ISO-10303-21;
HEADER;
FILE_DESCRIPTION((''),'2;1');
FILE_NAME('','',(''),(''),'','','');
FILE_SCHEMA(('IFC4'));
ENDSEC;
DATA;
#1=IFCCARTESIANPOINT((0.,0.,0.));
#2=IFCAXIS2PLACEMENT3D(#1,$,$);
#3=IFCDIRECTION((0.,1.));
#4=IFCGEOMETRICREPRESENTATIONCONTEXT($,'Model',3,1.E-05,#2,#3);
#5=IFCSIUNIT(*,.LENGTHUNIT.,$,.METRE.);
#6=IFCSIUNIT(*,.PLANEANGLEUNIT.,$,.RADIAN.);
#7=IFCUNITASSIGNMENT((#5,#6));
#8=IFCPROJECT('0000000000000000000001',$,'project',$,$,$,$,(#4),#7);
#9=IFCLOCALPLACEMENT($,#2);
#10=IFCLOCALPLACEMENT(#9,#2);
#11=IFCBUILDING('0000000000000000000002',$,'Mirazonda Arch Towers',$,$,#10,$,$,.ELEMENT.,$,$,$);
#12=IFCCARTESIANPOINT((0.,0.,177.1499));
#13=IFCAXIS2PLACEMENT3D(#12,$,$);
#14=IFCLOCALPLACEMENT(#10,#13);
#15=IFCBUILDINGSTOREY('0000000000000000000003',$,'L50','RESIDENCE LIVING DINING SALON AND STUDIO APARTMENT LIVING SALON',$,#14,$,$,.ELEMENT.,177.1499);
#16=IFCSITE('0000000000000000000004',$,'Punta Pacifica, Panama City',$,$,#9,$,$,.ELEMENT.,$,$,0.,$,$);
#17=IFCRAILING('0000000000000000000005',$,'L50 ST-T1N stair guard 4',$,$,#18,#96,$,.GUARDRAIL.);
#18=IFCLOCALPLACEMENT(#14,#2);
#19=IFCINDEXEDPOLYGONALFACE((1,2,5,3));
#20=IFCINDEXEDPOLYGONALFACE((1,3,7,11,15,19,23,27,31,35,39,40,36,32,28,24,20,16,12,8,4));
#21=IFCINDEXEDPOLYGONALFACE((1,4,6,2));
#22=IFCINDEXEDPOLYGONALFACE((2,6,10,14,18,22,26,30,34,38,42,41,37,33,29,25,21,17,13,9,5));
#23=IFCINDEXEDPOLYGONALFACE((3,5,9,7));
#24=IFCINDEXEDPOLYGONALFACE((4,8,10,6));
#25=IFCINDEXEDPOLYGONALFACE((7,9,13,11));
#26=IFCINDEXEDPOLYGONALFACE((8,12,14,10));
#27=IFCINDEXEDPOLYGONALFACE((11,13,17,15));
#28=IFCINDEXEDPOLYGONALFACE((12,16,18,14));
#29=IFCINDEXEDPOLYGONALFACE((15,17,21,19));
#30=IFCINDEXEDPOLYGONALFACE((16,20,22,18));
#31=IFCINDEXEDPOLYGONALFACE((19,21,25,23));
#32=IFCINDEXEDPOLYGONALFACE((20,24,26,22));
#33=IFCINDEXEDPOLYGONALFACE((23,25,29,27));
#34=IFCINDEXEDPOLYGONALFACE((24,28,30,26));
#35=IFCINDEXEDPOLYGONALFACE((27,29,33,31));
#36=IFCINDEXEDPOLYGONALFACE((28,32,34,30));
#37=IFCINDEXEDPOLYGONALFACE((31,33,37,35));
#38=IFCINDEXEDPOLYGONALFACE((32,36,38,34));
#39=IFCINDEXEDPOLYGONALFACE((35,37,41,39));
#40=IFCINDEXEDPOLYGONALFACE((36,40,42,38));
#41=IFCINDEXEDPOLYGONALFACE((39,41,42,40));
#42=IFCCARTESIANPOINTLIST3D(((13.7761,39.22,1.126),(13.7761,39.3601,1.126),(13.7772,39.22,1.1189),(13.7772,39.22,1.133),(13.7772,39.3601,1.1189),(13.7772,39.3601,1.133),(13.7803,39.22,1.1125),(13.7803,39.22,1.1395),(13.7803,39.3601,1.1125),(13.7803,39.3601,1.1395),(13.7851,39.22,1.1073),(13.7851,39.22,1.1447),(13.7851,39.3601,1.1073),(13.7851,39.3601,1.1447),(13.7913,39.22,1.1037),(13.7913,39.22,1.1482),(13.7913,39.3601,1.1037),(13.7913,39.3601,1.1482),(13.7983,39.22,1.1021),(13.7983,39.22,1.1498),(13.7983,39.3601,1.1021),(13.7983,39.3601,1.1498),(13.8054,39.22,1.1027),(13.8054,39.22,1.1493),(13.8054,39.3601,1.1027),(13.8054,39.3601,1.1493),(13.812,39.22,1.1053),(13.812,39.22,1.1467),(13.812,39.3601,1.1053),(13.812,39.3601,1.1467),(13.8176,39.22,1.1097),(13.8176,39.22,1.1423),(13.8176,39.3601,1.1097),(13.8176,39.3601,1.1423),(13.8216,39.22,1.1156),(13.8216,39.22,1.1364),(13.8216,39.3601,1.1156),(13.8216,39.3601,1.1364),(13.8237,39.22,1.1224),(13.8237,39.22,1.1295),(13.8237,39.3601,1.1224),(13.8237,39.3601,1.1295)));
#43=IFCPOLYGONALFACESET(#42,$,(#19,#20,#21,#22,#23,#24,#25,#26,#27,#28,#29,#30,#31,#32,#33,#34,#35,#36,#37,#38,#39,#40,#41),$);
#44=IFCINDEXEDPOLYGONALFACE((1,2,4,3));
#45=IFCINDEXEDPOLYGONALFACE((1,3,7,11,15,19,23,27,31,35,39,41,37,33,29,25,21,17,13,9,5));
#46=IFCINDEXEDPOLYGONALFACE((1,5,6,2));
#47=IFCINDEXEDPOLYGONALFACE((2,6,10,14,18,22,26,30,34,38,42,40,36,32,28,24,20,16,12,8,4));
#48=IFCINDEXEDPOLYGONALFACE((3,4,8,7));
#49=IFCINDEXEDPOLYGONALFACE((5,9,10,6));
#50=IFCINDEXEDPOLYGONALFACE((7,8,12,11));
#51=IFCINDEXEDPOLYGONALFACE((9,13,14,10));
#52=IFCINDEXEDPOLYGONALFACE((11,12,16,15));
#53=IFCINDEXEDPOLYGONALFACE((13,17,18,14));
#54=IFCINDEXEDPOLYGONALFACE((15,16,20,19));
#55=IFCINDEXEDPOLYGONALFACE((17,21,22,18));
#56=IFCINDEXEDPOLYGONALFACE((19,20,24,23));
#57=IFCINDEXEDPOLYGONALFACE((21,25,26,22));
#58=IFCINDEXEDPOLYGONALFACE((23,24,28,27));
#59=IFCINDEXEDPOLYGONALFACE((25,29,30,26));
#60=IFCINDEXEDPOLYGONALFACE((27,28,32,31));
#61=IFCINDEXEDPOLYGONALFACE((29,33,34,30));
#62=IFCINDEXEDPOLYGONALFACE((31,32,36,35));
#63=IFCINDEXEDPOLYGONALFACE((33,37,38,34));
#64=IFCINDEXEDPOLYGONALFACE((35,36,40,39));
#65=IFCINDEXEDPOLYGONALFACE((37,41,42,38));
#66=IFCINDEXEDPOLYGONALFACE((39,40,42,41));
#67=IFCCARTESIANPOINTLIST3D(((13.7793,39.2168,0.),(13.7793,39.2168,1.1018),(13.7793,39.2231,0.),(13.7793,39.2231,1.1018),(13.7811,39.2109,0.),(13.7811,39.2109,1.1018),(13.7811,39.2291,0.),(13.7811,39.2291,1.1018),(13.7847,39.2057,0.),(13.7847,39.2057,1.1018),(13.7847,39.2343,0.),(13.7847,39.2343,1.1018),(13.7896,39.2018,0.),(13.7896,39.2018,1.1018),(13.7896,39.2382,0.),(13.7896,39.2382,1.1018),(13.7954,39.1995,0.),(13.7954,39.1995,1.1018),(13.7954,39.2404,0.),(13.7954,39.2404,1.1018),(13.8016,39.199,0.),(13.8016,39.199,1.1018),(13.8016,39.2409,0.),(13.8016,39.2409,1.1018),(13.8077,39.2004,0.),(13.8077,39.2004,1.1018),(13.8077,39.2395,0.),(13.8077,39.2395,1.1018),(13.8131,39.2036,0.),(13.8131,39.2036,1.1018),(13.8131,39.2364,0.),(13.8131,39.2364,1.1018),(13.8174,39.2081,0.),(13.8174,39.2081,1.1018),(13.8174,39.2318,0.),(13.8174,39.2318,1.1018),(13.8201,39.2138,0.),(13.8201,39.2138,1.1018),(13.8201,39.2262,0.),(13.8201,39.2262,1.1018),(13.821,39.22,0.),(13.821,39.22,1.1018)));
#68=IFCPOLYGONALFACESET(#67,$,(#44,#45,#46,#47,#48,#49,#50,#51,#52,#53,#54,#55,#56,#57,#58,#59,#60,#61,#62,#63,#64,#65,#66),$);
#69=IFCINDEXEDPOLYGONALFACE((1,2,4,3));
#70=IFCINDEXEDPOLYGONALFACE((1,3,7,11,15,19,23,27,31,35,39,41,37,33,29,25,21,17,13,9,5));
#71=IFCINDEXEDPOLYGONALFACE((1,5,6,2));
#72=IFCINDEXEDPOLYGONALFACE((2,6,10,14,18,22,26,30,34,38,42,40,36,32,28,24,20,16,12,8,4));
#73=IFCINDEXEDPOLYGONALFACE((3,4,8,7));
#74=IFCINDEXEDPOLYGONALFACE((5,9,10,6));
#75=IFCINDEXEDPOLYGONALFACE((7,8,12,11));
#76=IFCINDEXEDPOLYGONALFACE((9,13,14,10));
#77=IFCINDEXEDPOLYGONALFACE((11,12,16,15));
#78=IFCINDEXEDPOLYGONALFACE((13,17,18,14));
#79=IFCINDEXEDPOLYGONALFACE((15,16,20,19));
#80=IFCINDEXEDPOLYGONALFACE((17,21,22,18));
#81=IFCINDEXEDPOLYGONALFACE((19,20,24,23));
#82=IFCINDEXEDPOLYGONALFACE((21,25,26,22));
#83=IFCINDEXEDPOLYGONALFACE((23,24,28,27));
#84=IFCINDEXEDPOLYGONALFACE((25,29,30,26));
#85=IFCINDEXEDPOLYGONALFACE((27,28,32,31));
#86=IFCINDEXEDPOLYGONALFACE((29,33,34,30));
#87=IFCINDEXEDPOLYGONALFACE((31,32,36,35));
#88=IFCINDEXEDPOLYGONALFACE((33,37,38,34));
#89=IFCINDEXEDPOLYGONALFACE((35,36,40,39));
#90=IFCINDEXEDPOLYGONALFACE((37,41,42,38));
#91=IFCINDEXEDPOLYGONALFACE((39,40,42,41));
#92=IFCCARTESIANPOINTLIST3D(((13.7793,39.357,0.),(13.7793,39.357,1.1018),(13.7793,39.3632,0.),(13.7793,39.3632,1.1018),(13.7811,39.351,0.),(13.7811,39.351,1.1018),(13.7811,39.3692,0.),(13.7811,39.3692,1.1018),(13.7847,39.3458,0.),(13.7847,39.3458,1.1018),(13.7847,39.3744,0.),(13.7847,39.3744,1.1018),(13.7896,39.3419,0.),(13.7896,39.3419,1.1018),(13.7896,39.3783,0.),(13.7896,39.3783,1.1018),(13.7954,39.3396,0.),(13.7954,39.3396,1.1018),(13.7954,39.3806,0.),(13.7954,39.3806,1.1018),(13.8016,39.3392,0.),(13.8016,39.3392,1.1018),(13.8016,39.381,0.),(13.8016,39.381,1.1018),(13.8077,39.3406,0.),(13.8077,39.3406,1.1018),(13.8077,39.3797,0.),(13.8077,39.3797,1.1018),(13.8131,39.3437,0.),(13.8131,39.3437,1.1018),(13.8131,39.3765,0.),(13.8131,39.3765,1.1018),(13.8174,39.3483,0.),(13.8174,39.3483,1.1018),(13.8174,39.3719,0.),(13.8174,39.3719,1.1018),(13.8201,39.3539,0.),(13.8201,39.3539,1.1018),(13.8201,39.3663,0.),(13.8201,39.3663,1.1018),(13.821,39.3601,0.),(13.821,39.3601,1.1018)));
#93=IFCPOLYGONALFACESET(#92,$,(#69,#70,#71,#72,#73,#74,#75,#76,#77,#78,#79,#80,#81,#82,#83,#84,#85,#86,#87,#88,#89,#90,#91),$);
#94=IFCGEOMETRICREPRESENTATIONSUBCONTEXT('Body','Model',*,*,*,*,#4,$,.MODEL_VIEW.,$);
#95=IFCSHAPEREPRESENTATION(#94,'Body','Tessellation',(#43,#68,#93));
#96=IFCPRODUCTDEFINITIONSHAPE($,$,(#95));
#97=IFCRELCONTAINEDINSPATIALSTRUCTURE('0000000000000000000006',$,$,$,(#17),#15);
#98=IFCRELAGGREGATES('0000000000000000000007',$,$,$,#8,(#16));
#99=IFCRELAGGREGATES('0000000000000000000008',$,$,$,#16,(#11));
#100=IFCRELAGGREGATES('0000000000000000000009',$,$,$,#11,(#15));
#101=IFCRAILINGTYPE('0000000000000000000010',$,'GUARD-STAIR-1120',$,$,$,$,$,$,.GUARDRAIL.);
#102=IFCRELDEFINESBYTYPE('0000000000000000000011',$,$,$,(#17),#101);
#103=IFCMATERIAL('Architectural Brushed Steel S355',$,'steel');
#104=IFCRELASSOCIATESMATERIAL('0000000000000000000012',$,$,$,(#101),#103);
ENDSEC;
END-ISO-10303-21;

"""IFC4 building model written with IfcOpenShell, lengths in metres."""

from ifc_helpers import new_model, si_unit, direction, frame, origin, origin_2d, place, context, subcontext, project, spatial, circle, extrude, material, type_object, element, save


model = new_model("IFC4")

# Units and contexts
model_context = context("Model", 3, precision=1e-05, world=origin(), true_north=direction((0.0, 1.0)))
body_context = subcontext(model_context, "Body", "Model", "MODEL_VIEW")
ifc_project = project(units=[si_unit("LENGTHUNIT", "METRE"), si_unit("PLANEANGLEUNIT", "RADIAN")], contexts=[model_context])

# Site, building, storey
site_placement = place(None, origin())
site = spatial("IfcSite", under=ifc_project, at=site_placement, Name="Punta Pacifica, Panama City", CompositionType="ELEMENT", RefElevation=0.0)
building_placement = place(site_placement, origin())
building = spatial("IfcBuilding", under=site, at=building_placement, Name="Mirazonda Arch Towers", CompositionType="ELEMENT")
storey_placement = place(building_placement, frame((0.0, 0.0, 177.1499)))
storey = spatial("IfcBuildingStorey", under=building, at=storey_placement, Name="L50", Description="RESIDENCE LIVING DINING SALON AND STUDIO APARTMENT LIVING SALON", CompositionType="ELEMENT", Elevation=177.1499)

# Shared definitions
ifc_material_1 = material(Name="Architectural Brushed Steel S355", Category="steel")

# Railing
railing_type_1 = type_object("IfcRailingType", Name="GUARD-STAIR-1120", PredefinedType="GUARDRAIL", material=ifc_material_1)
railing_1_placement = place(storey_placement, frame((13.8, 39.22, 0.0)))
element("IfcRailing", 1, at=railing_1_placement, inside=storey, type_object=railing_type_1, Name="L50 ST-T1N stair guard 4", PredefinedType="GUARDRAIL", context=body_context, shape_type="SweptSolid", body=[
    extrude(circle(Radius=0.0239, at=origin_2d()), frame((0.0, 0.0, 1.126), z_axis=(0.0, 1.0, 0.0), x_axis=(-1.0, 0.0, 0.0)), (0.0, 0.0, 1.0), 0.1401),
    extrude(circle(Radius=0.021, at=origin_2d()), origin(), (0.0, 0.0, 1.0), 1.1018),
    extrude(circle(Radius=0.021, at=origin_2d()), frame((0.0, 0.1401, 0.0)), (0.0, 0.0, 1.0), 1.1018),
])

save(model, "model.ifc")
